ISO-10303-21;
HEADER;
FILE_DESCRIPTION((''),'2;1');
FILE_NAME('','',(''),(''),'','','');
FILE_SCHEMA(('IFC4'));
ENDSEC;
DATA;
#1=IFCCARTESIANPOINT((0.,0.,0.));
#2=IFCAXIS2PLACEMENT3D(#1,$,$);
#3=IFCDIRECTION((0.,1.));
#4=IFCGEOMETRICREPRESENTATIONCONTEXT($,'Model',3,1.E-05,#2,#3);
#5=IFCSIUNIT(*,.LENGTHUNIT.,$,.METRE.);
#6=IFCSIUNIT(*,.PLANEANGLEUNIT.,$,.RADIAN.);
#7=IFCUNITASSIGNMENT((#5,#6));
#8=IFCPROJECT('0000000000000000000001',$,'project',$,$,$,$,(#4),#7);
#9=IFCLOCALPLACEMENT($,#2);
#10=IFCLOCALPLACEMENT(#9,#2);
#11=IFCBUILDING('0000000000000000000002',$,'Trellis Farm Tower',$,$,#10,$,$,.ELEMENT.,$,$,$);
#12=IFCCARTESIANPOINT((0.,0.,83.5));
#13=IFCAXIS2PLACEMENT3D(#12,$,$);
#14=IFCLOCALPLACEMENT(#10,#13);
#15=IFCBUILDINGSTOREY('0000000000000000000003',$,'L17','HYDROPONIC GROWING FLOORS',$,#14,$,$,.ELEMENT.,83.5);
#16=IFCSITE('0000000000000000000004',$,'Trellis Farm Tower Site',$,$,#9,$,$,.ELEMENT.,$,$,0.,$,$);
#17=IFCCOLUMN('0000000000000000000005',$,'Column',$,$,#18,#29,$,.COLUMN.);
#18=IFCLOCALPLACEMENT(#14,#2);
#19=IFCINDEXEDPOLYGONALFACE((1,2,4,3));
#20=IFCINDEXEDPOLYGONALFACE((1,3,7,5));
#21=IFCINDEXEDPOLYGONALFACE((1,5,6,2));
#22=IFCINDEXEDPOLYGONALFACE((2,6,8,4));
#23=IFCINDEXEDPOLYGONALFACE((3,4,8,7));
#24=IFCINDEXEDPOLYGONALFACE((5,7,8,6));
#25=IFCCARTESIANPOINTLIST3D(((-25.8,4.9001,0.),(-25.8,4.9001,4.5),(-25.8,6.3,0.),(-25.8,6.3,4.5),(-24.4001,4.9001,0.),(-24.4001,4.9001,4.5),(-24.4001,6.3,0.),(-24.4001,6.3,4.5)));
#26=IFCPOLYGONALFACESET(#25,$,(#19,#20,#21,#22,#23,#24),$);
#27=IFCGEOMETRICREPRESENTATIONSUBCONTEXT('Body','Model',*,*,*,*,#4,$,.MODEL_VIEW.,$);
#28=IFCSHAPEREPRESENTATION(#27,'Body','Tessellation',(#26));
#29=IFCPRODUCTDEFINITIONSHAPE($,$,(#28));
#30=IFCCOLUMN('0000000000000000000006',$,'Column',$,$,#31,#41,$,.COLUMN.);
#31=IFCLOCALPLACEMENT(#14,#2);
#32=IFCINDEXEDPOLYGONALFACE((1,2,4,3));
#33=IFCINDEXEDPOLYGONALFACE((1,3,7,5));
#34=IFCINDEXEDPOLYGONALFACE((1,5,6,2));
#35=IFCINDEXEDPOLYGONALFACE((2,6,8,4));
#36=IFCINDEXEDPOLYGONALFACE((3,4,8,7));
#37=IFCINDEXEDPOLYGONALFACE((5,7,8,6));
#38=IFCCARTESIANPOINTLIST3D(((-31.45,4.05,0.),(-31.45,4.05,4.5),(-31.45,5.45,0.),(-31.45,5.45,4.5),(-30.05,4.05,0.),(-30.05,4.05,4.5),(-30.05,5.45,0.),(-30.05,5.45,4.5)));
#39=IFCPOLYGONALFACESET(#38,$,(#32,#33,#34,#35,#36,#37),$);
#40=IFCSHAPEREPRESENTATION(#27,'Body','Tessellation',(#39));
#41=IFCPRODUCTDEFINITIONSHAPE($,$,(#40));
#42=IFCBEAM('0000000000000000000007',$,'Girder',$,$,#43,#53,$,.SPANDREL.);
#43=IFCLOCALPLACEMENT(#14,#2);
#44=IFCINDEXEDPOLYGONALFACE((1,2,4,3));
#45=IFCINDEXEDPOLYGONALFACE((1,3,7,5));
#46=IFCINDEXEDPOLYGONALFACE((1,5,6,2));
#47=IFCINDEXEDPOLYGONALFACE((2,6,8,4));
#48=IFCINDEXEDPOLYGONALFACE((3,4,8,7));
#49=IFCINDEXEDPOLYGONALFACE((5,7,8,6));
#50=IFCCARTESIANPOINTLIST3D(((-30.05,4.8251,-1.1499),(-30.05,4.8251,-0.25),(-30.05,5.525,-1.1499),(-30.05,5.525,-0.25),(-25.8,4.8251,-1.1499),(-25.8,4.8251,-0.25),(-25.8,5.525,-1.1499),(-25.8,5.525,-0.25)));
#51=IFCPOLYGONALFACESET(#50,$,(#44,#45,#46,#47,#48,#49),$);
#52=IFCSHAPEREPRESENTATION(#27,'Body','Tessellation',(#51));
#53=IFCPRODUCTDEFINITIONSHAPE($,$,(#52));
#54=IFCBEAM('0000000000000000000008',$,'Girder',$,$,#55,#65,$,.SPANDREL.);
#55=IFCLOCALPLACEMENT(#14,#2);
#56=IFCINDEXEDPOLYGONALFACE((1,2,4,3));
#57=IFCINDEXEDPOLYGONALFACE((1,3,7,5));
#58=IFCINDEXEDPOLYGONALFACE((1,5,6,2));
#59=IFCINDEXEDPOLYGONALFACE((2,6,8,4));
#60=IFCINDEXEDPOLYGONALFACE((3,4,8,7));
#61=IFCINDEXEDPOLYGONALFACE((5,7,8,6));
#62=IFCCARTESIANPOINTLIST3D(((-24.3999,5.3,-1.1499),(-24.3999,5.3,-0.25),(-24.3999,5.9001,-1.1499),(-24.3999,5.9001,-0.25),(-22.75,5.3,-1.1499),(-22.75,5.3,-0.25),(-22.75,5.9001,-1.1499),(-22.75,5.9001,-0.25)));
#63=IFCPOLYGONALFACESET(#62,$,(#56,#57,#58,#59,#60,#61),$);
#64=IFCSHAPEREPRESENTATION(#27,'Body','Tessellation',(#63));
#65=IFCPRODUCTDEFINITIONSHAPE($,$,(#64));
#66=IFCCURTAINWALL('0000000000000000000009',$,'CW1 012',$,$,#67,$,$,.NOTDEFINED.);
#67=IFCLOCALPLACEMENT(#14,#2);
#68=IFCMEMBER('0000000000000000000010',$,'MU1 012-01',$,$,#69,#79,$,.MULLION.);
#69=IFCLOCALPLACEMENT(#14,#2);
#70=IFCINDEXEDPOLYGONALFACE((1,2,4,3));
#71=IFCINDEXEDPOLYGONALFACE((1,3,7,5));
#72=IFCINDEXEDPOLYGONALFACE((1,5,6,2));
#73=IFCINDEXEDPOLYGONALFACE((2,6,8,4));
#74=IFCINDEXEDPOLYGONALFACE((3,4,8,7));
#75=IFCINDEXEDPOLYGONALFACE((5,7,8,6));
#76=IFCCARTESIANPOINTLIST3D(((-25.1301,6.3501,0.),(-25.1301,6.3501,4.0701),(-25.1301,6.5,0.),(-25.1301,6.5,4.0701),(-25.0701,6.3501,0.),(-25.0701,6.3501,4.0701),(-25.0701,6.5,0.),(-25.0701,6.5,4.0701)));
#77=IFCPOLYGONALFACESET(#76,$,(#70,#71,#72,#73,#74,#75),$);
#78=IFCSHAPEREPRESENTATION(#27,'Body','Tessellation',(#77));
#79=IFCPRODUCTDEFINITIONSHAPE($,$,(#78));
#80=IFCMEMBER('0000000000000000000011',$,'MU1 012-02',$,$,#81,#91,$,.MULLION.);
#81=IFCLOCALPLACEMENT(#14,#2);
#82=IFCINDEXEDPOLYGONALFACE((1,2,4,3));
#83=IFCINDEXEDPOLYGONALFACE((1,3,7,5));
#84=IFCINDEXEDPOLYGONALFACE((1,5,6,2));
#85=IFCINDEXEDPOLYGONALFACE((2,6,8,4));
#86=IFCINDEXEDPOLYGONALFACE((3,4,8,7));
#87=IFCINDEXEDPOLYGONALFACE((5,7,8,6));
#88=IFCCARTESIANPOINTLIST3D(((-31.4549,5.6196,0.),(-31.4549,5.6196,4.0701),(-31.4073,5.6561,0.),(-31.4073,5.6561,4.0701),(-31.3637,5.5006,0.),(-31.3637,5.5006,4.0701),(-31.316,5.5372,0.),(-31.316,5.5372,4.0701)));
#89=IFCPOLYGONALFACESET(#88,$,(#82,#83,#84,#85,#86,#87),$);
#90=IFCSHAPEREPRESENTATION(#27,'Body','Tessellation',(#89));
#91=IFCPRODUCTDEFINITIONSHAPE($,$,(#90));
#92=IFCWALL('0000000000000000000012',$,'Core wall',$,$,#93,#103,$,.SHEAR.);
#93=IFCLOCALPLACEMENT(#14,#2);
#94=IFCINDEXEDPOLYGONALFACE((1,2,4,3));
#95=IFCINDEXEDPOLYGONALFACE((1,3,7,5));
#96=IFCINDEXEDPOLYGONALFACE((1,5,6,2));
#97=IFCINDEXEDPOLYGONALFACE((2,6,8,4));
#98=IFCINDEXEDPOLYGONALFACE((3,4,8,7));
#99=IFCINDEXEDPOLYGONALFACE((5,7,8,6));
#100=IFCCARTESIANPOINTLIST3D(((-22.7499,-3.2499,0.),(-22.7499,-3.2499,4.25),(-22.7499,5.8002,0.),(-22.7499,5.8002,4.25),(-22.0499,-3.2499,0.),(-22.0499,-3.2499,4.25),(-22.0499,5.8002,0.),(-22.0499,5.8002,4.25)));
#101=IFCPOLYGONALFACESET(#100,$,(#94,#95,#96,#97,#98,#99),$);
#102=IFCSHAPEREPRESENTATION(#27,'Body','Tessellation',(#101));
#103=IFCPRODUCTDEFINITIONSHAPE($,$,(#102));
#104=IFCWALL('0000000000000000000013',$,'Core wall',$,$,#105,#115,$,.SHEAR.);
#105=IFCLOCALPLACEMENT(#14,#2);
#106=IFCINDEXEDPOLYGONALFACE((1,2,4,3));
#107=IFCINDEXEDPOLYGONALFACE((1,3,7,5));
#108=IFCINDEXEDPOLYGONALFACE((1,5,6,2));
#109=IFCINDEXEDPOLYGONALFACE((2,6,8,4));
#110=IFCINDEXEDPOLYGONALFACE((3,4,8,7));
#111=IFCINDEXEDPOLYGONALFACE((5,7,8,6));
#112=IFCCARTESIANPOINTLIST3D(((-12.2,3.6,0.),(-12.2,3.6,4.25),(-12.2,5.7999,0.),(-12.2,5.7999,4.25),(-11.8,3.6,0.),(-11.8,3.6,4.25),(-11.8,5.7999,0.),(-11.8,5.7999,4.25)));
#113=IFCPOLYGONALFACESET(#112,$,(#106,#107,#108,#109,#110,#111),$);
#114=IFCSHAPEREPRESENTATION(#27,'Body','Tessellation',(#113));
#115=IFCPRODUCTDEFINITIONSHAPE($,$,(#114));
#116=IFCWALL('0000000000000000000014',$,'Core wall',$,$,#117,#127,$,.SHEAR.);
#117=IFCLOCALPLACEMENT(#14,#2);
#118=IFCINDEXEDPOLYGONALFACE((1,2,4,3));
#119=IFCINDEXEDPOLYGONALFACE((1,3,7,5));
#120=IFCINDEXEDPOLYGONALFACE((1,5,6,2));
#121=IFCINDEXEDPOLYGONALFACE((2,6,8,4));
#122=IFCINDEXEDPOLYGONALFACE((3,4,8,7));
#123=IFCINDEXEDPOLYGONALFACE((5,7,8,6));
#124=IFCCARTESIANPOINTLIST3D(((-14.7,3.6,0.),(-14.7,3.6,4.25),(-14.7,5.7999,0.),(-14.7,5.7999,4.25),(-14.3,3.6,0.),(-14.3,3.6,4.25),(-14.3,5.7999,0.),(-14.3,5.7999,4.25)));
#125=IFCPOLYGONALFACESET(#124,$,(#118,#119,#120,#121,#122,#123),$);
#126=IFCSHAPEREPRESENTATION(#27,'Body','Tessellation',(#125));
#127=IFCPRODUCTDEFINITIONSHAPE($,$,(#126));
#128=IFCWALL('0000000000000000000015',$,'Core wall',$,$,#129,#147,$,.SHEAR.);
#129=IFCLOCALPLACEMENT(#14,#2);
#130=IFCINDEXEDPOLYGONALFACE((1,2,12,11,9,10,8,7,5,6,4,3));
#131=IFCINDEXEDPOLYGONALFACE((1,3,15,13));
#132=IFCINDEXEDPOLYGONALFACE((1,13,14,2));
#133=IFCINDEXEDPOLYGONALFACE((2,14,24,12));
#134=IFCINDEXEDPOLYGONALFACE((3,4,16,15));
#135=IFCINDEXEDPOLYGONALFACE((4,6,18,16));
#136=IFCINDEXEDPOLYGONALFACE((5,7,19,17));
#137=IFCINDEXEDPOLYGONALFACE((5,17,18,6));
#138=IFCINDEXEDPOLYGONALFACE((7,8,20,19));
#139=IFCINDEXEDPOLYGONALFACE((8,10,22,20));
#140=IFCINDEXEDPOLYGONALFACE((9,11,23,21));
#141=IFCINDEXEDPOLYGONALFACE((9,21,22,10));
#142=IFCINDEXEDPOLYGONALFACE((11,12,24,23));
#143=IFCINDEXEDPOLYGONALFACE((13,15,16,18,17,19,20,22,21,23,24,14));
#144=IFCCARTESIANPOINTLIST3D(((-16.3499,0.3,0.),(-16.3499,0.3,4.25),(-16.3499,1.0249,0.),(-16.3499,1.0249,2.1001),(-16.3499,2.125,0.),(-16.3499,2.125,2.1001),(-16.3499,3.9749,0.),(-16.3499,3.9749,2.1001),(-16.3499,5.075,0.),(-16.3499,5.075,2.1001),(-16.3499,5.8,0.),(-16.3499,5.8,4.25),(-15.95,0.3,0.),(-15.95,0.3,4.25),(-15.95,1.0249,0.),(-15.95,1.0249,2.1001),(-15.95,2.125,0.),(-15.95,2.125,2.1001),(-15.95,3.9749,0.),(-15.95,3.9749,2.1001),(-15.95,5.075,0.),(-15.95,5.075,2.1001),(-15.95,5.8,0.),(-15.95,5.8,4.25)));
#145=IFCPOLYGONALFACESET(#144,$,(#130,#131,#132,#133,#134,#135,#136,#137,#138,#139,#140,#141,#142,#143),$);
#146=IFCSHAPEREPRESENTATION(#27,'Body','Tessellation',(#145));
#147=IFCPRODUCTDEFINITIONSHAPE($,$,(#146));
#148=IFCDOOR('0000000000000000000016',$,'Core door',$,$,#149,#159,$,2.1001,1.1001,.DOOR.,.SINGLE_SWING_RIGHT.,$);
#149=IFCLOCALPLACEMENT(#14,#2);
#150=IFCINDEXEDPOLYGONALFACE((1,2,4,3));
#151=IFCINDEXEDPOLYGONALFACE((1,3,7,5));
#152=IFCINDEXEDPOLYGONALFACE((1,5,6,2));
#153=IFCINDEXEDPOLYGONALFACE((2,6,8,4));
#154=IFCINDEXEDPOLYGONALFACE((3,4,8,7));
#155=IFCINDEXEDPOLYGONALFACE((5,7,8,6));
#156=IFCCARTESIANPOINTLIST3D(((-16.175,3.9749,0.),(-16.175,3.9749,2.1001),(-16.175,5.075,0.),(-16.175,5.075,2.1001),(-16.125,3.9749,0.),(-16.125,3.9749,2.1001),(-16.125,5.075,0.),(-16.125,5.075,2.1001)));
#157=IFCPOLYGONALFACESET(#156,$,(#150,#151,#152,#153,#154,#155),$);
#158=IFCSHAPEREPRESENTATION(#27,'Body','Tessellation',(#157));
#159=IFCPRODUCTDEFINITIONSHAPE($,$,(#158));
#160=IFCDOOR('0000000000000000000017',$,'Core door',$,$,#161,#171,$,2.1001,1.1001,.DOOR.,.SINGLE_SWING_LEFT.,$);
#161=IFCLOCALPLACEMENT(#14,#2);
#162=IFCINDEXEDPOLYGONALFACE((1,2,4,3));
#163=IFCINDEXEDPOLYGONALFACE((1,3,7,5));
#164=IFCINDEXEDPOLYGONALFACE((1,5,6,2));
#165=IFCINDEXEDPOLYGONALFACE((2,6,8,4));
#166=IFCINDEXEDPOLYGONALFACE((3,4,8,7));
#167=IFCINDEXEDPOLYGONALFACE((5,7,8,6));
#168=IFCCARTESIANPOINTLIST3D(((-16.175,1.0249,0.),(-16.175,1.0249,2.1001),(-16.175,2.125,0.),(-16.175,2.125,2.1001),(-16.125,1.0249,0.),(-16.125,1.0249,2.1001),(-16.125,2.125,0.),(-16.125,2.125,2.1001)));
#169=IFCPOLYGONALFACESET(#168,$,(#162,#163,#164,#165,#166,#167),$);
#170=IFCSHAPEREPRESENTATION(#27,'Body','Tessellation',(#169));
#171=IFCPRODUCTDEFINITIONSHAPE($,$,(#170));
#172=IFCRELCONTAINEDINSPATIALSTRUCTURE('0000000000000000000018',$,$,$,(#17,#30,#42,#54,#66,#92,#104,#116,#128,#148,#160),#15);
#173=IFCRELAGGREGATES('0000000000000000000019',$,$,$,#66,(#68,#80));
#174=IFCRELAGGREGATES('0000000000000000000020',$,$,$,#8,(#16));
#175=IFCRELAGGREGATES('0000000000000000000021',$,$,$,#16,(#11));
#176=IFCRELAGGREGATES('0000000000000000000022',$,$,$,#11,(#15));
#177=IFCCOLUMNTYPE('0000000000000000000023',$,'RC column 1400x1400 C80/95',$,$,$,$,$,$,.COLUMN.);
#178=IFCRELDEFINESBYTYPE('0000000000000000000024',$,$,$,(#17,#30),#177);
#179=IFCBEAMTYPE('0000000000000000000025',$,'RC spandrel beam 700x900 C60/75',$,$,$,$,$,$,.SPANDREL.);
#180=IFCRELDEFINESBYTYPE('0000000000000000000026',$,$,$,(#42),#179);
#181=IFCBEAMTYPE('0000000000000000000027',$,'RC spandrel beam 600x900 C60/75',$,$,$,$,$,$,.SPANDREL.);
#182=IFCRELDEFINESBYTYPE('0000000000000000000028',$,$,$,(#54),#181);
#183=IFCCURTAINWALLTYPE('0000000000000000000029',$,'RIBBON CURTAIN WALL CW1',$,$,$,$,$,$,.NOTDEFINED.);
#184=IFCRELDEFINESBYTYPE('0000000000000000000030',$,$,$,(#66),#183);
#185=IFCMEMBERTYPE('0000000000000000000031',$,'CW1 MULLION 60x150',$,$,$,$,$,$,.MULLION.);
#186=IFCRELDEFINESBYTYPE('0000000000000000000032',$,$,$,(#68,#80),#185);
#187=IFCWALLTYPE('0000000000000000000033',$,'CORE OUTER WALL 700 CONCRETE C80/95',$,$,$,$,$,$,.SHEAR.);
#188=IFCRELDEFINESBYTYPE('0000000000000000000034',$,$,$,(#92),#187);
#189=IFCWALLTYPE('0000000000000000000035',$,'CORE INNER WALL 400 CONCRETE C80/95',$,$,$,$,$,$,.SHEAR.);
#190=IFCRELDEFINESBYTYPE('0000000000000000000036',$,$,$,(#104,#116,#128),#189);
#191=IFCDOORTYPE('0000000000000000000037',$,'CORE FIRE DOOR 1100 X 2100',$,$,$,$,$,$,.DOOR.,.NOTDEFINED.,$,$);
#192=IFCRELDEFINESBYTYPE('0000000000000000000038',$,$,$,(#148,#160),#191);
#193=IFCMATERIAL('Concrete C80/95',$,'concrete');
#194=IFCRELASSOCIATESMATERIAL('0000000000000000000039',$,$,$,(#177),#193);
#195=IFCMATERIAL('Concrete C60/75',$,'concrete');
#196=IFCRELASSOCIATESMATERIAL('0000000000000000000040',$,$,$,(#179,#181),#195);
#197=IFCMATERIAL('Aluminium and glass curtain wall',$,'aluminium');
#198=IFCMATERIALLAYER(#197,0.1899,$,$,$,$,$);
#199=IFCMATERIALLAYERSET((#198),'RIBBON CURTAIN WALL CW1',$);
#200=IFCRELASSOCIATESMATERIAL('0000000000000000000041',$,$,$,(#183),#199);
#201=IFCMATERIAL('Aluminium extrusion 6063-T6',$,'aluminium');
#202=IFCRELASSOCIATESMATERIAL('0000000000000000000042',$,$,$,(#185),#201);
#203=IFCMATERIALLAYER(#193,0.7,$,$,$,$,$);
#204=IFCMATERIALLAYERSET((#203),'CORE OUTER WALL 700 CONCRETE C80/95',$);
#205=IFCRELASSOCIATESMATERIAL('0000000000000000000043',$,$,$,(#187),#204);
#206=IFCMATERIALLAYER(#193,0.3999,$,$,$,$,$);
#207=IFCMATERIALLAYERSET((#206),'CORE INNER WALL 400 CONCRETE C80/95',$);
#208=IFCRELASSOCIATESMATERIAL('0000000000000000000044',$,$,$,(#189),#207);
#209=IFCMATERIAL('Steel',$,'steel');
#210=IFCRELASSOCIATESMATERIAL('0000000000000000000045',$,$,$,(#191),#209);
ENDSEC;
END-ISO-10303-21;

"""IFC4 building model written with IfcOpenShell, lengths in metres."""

from ifc_helpers import new_model, si_unit, direction, frame, frame_2d, origin, origin_2d, place, context, subcontext, project, spatial, rectangle, extrude, source, transform, mapped, material, layer, layer_set, material_profile, profile_set, type_object, element, fill, aggregate, save


model = new_model("IFC4")

# Units and contexts
model_context = context("Model", 3, precision=1e-05, world=origin(), true_north=direction((0.0, 1.0)))
body_context = subcontext(model_context, "Body", "Model", "MODEL_VIEW")
ifc_project = project(units=[si_unit("LENGTHUNIT", "METRE"), si_unit("PLANEANGLEUNIT", "RADIAN")], contexts=[model_context])

# Site, building, storey
site_placement = place(None, origin())
site = spatial("IfcSite", under=ifc_project, at=site_placement, Name="Trellis Farm Tower Site", CompositionType="ELEMENT", RefElevation=0.0)
building_placement = place(site_placement, origin())
building = spatial("IfcBuilding", under=site, at=building_placement, Name="Trellis Farm Tower", CompositionType="ELEMENT")
storey_placement = place(building_placement, frame((0.0, 0.0, 83.5)))
storey = spatial("IfcBuildingStorey", under=building, at=storey_placement, Name="L17", Description="HYDROPONIC GROWING FLOORS", CompositionType="ELEMENT", Elevation=83.5)

# Columns
ifc_material_1 = material(Name="Concrete C80/95", Category="concrete")
ifc_material_profile_1 = material_profile(ifc_material_1, rectangle(XDim=1.3999, YDim=1.3999, at=origin_2d()), Name="RC column 1400x1400 C80/95")
ifc_profile_set_1 = profile_set([ifc_material_profile_1], Name="Concrete C80/95")
column_type = type_object("IfcColumnType", Name="RC column 1400x1400 C80/95", PredefinedType="COLUMN", material=ifc_profile_set_1)
shared_shape_1 = source(origin(), body_context, "Body", "SweptSolid", [
    extrude(rectangle(XDim=1.3999, YDim=1.3999, at=origin_2d()), origin(), (0.0, 0.0, 1.0), 4.5),
])
for number, where, z_axis, x_axis, name in (
    (1, (-25.1001, 5.6001, 0.0), (0.0, 0.0, 1.0), (1.0, 0.0, 0.0), "Column"),
    (2, (-30.75, 4.75, 0.0), (0.0, 0.0, 1.0), (1.0, 0.0, 0.0), "Column"),
):
    element("IfcColumn", number, at=place(storey_placement, frame(where, z_axis=z_axis, x_axis=x_axis)), inside=storey, type_object=column_type, Name=name, PredefinedType="COLUMN", context=body_context, shape_type="MappedRepresentation", body=[
        mapped(shared_shape_1, transform((0.0, 0.0, 0.0))),
    ])

# Beams
ifc_material_2 = material(Name="Concrete C60/75", Category="concrete")
ifc_material_profile_2 = material_profile(ifc_material_2, rectangle(XDim=0.7, YDim=0.8999, at=origin_2d()), Name="RC spandrel beam 700x900 C60/75")
ifc_profile_set_2 = profile_set([ifc_material_profile_2], Name="Concrete C60/75")
beam_type_1 = type_object("IfcBeamType", Name="RC spandrel beam 700x900 C60/75", PredefinedType="SPANDREL", material=ifc_profile_set_2)
shared_shape_2 = source(origin(), body_context, "Body", "SweptSolid", [
    extrude(rectangle(XDim=0.7, YDim=0.8999, at=origin_2d()), origin(), (0.0, 0.0, 1.0), 4.25),
])
beam_1_placement = place(storey_placement, frame((-30.05, 5.175, -0.7), z_axis=(1.0, 0.0, 0.0), x_axis=(0.0, 1.0, 0.0)))
element("IfcBeam", 3, at=beam_1_placement, inside=storey, type_object=beam_type_1, Name="Girder", PredefinedType="SPANDREL", context=body_context, shape_type="MappedRepresentation", body=[
    mapped(shared_shape_2, transform((0.0, 0.0, 0.0))),
])
ifc_material_profile_3 = material_profile(ifc_material_2, rectangle(XDim=0.6001, YDim=0.8999, at=origin_2d()), Name="RC spandrel beam 600x900 C60/75")
ifc_profile_set_3 = profile_set([ifc_material_profile_3], Name="Concrete C60/75")
beam_type_2 = type_object("IfcBeamType", Name="RC spandrel beam 600x900 C60/75", PredefinedType="SPANDREL", material=ifc_profile_set_3)
shared_shape_3 = source(origin(), body_context, "Body", "SweptSolid", [
    extrude(rectangle(XDim=0.6001, YDim=0.8999, at=origin_2d()), origin(), (0.0, 0.0, 1.0), 1.6499),
])
beam_2_placement = place(storey_placement, frame((-24.3999, 5.6001, -0.7), z_axis=(1.0, 0.0, 0.0), x_axis=(0.0, 1.0, 0.0)))
element("IfcBeam", 4, at=beam_2_placement, inside=storey, type_object=beam_type_2, Name="Girder", PredefinedType="SPANDREL", context=body_context, shape_type="MappedRepresentation", body=[
    mapped(shared_shape_3, transform((0.0, 0.0, 0.0))),
])

# Curtain wall, members
ifc_material_3 = material(Name="Aluminium and glass curtain wall", Category="aluminium")
ifc_layer_1 = layer(ifc_material_3, 0.1899)
ifc_layer_set_1 = layer_set([ifc_layer_1], Name="RIBBON CURTAIN WALL CW1")
curtain_wall_type = type_object("IfcCurtainWallType", Name="RIBBON CURTAIN WALL CW1", PredefinedType="NOTDEFINED", material=ifc_layer_set_1)
placement = place(storey_placement, origin())
curtain_wall = element("IfcCurtainWall", 5, at=placement, inside=storey, type_object=curtain_wall_type, Name="CW1 012", PredefinedType="NOTDEFINED")
ifc_material_4 = material(Name="Aluminium extrusion 6063-T6", Category="aluminium")
ifc_material_profile_4 = material_profile(ifc_material_4, rectangle(XDim=0.0601, YDim=0.1499, at=origin_2d()), Name="MULLION 60x150")
ifc_profile_set_4 = profile_set([ifc_material_profile_4], Name="Aluminium extrusion 6063-T6")
member_type = type_object("IfcMemberType", Name="CW1 MULLION 60x150", PredefinedType="MULLION", material=ifc_profile_set_4)
shared_shape_4 = source(origin(), body_context, "Body", "SweptSolid", [
    extrude(rectangle(XDim=0.0601, YDim=0.1499, at=origin_2d()), origin(), (0.0, 0.0, 1.0), 4.0701),
])
member_1_placement = place(storey_placement, frame((-25.1001, 6.425, 0.0), z_axis=(0.0, 0.0, 1.0), x_axis=(-1.0, 0.0, 0.0)))
member_1 = element("IfcMember", 6, at=member_1_placement, type_object=member_type, Name="MU1 012-01", PredefinedType="MULLION", context=body_context, shape_type="MappedRepresentation", body=[
    mapped(shared_shape_4, transform((0.0, 0.0, 0.0))),
])
member_2_placement = place(storey_placement, frame((-31.3855, 5.5784, 0.0), z_axis=(0.0, 0.0, 1.0), x_axis=(-0.793353, -0.608761, 0.0)))
member_2 = element("IfcMember", 7, at=member_2_placement, type_object=member_type, Name="MU1 012-02", PredefinedType="MULLION", context=body_context, shape_type="MappedRepresentation", body=[
    mapped(shared_shape_4, transform((0.0, 0.0, 0.0))),
])
aggregate(curtain_wall, [member_1, member_2])

# Walls
ifc_layer_2 = layer(ifc_material_1, 0.7)
ifc_layer_set_2 = layer_set([ifc_layer_2], Name="CORE OUTER WALL 700 CONCRETE C80/95")
wall_type_1 = type_object("IfcWallType", Name="CORE OUTER WALL 700 CONCRETE C80/95", PredefinedType="SHEAR", material=ifc_layer_set_2)
shared_shape_5 = source(origin(), body_context, "Body", "SweptSolid", [
    extrude(rectangle(XDim=9.05, YDim=0.7, at=frame_2d((4.5249, 0.0))), origin(), (0.0, 0.0, 1.0), 4.25),
])
wall_1_placement = place(storey_placement, frame((-22.3999, 5.8, 0.0), z_axis=(0.0, 0.0, 1.0), x_axis=(0.0, -1.0, 0.0)))
element("IfcWall", 8, at=wall_1_placement, inside=storey, type_object=wall_type_1, Name="Core wall", PredefinedType="SHEAR", context=body_context, shape_type="MappedRepresentation", body=[
    mapped(shared_shape_5, transform((0.0, 0.0, 0.0))),
])
ifc_layer_3 = layer(ifc_material_1, 0.3999)
ifc_layer_set_3 = layer_set([ifc_layer_3], Name="CORE INNER WALL 400 CONCRETE C80/95")
wall_type_2 = type_object("IfcWallType", Name="CORE INNER WALL 400 CONCRETE C80/95", PredefinedType="SHEAR", material=ifc_layer_set_3)
shared_shape_6 = source(origin(), body_context, "Body", "SweptSolid", [
    extrude(rectangle(XDim=2.2, YDim=0.3999, at=frame_2d((1.1001, 0.0))), origin(), (0.0, 0.0, 1.0), 4.25),
])
for number, where, z_axis, x_axis, name in (
    (9, (-12.0, 5.8, 0.0), (0.0, 0.0, 1.0), (0.0, -1.0, 0.0), "Core wall"),
    (10, (-14.5, 5.8, 0.0), (0.0, 0.0, 1.0), (0.0, -1.0, 0.0), "Core wall"),
):
    element("IfcWall", number, at=place(storey_placement, frame(where, z_axis=z_axis, x_axis=x_axis)), inside=storey, type_object=wall_type_2, Name=name, PredefinedType="SHEAR", context=body_context, shape_type="MappedRepresentation", body=[
        mapped(shared_shape_6, transform((0.0, 0.0, 0.0))),
    ])

# Wall, openings, doors
shared_shape_7 = source(origin(), body_context, "Body", "SweptSolid", [
    extrude(rectangle(XDim=5.5, YDim=0.3999, at=frame_2d((2.75, 0.0))), origin(), (0.0, 0.0, 1.0), 4.25),
])
wall_2_placement = place(storey_placement, frame((-16.1499, 5.8, 0.0), z_axis=(0.0, 0.0, 1.0), x_axis=(0.0, -1.0, 0.0)))
wall_2 = element("IfcWall", 11, at=wall_2_placement, inside=storey, type_object=wall_type_2, Name="Core wall", PredefinedType="SHEAR", context=body_context, shape_type="MappedRepresentation", body=[
    mapped(shared_shape_7, transform((0.0, 0.0, 0.0))),
])
shared_shape_8 = source(origin(), body_context, "Body", "SweptSolid", [
    extrude(rectangle(XDim=1.1001, YDim=2.1001, at=frame_2d((0.55, 1.05))), frame((0.0, 0.21, 0.0), z_axis=(0.0, -1.0, 0.0), x_axis=(1.0, 0.0, 0.0)), (0.0, 0.0, 1.0), 0.4199),
])
opening_1_placement = place(wall_2_placement, frame((0.7251, 0.0, 0.0)))
opening_1 = element("IfcOpeningElement", 12, at=opening_1_placement, cuts=wall_2, PredefinedType="OPENING", context=body_context, shape_type="MappedRepresentation", body=[
    mapped(shared_shape_8, transform((0.0, 0.0, 0.0))),
])
opening_2_placement = place(wall_2_placement, frame((3.675, 0.0, 0.0)))
opening_2 = element("IfcOpeningElement", 13, at=opening_2_placement, cuts=wall_2, PredefinedType="OPENING", context=body_context, shape_type="MappedRepresentation", body=[
    mapped(shared_shape_8, transform((0.0, 0.0, 0.0))),
])
ifc_material_5 = material(Name="Steel", Category="steel")
door_type = type_object("IfcDoorType", Name="CORE FIRE DOOR 1100 X 2100", OperationType="NOTDEFINED", PredefinedType="DOOR", material=ifc_material_5)
shared_shape_9 = source(origin(), body_context, "Body", "SweptSolid", [
    extrude(rectangle(XDim=1.1001, YDim=2.1001, at=frame_2d((0.55, 1.05))), frame((0.0, 0.0249, 0.0), z_axis=(0.0, -1.0, 0.0), x_axis=(1.0, 0.0, 0.0)), (0.0, 0.0, 1.0), 0.05),
])
door_1_placement = place(opening_1_placement, origin())
door_1 = element("IfcDoor", 14, at=door_1_placement, inside=storey, type_object=door_type, Name="Core door", OperationType="SINGLE_SWING_RIGHT", OverallHeight=2.1001, OverallWidth=1.1001, PredefinedType="DOOR", context=body_context, shape_type="MappedRepresentation", body=[
    mapped(shared_shape_9, transform((0.0, 0.0, 0.0))),
])
fill(opening_1, door_1)
door_2_placement = place(opening_2_placement, origin())
door_2 = element("IfcDoor", 15, at=door_2_placement, inside=storey, type_object=door_type, Name="Core door", OperationType="SINGLE_SWING_LEFT", OverallHeight=2.1001, OverallWidth=1.1001, PredefinedType="DOOR", context=body_context, shape_type="MappedRepresentation", body=[
    mapped(shared_shape_9, transform((0.0, 0.0, 0.0))),
])
fill(opening_2, door_2)

save(model, "model.ifc")
